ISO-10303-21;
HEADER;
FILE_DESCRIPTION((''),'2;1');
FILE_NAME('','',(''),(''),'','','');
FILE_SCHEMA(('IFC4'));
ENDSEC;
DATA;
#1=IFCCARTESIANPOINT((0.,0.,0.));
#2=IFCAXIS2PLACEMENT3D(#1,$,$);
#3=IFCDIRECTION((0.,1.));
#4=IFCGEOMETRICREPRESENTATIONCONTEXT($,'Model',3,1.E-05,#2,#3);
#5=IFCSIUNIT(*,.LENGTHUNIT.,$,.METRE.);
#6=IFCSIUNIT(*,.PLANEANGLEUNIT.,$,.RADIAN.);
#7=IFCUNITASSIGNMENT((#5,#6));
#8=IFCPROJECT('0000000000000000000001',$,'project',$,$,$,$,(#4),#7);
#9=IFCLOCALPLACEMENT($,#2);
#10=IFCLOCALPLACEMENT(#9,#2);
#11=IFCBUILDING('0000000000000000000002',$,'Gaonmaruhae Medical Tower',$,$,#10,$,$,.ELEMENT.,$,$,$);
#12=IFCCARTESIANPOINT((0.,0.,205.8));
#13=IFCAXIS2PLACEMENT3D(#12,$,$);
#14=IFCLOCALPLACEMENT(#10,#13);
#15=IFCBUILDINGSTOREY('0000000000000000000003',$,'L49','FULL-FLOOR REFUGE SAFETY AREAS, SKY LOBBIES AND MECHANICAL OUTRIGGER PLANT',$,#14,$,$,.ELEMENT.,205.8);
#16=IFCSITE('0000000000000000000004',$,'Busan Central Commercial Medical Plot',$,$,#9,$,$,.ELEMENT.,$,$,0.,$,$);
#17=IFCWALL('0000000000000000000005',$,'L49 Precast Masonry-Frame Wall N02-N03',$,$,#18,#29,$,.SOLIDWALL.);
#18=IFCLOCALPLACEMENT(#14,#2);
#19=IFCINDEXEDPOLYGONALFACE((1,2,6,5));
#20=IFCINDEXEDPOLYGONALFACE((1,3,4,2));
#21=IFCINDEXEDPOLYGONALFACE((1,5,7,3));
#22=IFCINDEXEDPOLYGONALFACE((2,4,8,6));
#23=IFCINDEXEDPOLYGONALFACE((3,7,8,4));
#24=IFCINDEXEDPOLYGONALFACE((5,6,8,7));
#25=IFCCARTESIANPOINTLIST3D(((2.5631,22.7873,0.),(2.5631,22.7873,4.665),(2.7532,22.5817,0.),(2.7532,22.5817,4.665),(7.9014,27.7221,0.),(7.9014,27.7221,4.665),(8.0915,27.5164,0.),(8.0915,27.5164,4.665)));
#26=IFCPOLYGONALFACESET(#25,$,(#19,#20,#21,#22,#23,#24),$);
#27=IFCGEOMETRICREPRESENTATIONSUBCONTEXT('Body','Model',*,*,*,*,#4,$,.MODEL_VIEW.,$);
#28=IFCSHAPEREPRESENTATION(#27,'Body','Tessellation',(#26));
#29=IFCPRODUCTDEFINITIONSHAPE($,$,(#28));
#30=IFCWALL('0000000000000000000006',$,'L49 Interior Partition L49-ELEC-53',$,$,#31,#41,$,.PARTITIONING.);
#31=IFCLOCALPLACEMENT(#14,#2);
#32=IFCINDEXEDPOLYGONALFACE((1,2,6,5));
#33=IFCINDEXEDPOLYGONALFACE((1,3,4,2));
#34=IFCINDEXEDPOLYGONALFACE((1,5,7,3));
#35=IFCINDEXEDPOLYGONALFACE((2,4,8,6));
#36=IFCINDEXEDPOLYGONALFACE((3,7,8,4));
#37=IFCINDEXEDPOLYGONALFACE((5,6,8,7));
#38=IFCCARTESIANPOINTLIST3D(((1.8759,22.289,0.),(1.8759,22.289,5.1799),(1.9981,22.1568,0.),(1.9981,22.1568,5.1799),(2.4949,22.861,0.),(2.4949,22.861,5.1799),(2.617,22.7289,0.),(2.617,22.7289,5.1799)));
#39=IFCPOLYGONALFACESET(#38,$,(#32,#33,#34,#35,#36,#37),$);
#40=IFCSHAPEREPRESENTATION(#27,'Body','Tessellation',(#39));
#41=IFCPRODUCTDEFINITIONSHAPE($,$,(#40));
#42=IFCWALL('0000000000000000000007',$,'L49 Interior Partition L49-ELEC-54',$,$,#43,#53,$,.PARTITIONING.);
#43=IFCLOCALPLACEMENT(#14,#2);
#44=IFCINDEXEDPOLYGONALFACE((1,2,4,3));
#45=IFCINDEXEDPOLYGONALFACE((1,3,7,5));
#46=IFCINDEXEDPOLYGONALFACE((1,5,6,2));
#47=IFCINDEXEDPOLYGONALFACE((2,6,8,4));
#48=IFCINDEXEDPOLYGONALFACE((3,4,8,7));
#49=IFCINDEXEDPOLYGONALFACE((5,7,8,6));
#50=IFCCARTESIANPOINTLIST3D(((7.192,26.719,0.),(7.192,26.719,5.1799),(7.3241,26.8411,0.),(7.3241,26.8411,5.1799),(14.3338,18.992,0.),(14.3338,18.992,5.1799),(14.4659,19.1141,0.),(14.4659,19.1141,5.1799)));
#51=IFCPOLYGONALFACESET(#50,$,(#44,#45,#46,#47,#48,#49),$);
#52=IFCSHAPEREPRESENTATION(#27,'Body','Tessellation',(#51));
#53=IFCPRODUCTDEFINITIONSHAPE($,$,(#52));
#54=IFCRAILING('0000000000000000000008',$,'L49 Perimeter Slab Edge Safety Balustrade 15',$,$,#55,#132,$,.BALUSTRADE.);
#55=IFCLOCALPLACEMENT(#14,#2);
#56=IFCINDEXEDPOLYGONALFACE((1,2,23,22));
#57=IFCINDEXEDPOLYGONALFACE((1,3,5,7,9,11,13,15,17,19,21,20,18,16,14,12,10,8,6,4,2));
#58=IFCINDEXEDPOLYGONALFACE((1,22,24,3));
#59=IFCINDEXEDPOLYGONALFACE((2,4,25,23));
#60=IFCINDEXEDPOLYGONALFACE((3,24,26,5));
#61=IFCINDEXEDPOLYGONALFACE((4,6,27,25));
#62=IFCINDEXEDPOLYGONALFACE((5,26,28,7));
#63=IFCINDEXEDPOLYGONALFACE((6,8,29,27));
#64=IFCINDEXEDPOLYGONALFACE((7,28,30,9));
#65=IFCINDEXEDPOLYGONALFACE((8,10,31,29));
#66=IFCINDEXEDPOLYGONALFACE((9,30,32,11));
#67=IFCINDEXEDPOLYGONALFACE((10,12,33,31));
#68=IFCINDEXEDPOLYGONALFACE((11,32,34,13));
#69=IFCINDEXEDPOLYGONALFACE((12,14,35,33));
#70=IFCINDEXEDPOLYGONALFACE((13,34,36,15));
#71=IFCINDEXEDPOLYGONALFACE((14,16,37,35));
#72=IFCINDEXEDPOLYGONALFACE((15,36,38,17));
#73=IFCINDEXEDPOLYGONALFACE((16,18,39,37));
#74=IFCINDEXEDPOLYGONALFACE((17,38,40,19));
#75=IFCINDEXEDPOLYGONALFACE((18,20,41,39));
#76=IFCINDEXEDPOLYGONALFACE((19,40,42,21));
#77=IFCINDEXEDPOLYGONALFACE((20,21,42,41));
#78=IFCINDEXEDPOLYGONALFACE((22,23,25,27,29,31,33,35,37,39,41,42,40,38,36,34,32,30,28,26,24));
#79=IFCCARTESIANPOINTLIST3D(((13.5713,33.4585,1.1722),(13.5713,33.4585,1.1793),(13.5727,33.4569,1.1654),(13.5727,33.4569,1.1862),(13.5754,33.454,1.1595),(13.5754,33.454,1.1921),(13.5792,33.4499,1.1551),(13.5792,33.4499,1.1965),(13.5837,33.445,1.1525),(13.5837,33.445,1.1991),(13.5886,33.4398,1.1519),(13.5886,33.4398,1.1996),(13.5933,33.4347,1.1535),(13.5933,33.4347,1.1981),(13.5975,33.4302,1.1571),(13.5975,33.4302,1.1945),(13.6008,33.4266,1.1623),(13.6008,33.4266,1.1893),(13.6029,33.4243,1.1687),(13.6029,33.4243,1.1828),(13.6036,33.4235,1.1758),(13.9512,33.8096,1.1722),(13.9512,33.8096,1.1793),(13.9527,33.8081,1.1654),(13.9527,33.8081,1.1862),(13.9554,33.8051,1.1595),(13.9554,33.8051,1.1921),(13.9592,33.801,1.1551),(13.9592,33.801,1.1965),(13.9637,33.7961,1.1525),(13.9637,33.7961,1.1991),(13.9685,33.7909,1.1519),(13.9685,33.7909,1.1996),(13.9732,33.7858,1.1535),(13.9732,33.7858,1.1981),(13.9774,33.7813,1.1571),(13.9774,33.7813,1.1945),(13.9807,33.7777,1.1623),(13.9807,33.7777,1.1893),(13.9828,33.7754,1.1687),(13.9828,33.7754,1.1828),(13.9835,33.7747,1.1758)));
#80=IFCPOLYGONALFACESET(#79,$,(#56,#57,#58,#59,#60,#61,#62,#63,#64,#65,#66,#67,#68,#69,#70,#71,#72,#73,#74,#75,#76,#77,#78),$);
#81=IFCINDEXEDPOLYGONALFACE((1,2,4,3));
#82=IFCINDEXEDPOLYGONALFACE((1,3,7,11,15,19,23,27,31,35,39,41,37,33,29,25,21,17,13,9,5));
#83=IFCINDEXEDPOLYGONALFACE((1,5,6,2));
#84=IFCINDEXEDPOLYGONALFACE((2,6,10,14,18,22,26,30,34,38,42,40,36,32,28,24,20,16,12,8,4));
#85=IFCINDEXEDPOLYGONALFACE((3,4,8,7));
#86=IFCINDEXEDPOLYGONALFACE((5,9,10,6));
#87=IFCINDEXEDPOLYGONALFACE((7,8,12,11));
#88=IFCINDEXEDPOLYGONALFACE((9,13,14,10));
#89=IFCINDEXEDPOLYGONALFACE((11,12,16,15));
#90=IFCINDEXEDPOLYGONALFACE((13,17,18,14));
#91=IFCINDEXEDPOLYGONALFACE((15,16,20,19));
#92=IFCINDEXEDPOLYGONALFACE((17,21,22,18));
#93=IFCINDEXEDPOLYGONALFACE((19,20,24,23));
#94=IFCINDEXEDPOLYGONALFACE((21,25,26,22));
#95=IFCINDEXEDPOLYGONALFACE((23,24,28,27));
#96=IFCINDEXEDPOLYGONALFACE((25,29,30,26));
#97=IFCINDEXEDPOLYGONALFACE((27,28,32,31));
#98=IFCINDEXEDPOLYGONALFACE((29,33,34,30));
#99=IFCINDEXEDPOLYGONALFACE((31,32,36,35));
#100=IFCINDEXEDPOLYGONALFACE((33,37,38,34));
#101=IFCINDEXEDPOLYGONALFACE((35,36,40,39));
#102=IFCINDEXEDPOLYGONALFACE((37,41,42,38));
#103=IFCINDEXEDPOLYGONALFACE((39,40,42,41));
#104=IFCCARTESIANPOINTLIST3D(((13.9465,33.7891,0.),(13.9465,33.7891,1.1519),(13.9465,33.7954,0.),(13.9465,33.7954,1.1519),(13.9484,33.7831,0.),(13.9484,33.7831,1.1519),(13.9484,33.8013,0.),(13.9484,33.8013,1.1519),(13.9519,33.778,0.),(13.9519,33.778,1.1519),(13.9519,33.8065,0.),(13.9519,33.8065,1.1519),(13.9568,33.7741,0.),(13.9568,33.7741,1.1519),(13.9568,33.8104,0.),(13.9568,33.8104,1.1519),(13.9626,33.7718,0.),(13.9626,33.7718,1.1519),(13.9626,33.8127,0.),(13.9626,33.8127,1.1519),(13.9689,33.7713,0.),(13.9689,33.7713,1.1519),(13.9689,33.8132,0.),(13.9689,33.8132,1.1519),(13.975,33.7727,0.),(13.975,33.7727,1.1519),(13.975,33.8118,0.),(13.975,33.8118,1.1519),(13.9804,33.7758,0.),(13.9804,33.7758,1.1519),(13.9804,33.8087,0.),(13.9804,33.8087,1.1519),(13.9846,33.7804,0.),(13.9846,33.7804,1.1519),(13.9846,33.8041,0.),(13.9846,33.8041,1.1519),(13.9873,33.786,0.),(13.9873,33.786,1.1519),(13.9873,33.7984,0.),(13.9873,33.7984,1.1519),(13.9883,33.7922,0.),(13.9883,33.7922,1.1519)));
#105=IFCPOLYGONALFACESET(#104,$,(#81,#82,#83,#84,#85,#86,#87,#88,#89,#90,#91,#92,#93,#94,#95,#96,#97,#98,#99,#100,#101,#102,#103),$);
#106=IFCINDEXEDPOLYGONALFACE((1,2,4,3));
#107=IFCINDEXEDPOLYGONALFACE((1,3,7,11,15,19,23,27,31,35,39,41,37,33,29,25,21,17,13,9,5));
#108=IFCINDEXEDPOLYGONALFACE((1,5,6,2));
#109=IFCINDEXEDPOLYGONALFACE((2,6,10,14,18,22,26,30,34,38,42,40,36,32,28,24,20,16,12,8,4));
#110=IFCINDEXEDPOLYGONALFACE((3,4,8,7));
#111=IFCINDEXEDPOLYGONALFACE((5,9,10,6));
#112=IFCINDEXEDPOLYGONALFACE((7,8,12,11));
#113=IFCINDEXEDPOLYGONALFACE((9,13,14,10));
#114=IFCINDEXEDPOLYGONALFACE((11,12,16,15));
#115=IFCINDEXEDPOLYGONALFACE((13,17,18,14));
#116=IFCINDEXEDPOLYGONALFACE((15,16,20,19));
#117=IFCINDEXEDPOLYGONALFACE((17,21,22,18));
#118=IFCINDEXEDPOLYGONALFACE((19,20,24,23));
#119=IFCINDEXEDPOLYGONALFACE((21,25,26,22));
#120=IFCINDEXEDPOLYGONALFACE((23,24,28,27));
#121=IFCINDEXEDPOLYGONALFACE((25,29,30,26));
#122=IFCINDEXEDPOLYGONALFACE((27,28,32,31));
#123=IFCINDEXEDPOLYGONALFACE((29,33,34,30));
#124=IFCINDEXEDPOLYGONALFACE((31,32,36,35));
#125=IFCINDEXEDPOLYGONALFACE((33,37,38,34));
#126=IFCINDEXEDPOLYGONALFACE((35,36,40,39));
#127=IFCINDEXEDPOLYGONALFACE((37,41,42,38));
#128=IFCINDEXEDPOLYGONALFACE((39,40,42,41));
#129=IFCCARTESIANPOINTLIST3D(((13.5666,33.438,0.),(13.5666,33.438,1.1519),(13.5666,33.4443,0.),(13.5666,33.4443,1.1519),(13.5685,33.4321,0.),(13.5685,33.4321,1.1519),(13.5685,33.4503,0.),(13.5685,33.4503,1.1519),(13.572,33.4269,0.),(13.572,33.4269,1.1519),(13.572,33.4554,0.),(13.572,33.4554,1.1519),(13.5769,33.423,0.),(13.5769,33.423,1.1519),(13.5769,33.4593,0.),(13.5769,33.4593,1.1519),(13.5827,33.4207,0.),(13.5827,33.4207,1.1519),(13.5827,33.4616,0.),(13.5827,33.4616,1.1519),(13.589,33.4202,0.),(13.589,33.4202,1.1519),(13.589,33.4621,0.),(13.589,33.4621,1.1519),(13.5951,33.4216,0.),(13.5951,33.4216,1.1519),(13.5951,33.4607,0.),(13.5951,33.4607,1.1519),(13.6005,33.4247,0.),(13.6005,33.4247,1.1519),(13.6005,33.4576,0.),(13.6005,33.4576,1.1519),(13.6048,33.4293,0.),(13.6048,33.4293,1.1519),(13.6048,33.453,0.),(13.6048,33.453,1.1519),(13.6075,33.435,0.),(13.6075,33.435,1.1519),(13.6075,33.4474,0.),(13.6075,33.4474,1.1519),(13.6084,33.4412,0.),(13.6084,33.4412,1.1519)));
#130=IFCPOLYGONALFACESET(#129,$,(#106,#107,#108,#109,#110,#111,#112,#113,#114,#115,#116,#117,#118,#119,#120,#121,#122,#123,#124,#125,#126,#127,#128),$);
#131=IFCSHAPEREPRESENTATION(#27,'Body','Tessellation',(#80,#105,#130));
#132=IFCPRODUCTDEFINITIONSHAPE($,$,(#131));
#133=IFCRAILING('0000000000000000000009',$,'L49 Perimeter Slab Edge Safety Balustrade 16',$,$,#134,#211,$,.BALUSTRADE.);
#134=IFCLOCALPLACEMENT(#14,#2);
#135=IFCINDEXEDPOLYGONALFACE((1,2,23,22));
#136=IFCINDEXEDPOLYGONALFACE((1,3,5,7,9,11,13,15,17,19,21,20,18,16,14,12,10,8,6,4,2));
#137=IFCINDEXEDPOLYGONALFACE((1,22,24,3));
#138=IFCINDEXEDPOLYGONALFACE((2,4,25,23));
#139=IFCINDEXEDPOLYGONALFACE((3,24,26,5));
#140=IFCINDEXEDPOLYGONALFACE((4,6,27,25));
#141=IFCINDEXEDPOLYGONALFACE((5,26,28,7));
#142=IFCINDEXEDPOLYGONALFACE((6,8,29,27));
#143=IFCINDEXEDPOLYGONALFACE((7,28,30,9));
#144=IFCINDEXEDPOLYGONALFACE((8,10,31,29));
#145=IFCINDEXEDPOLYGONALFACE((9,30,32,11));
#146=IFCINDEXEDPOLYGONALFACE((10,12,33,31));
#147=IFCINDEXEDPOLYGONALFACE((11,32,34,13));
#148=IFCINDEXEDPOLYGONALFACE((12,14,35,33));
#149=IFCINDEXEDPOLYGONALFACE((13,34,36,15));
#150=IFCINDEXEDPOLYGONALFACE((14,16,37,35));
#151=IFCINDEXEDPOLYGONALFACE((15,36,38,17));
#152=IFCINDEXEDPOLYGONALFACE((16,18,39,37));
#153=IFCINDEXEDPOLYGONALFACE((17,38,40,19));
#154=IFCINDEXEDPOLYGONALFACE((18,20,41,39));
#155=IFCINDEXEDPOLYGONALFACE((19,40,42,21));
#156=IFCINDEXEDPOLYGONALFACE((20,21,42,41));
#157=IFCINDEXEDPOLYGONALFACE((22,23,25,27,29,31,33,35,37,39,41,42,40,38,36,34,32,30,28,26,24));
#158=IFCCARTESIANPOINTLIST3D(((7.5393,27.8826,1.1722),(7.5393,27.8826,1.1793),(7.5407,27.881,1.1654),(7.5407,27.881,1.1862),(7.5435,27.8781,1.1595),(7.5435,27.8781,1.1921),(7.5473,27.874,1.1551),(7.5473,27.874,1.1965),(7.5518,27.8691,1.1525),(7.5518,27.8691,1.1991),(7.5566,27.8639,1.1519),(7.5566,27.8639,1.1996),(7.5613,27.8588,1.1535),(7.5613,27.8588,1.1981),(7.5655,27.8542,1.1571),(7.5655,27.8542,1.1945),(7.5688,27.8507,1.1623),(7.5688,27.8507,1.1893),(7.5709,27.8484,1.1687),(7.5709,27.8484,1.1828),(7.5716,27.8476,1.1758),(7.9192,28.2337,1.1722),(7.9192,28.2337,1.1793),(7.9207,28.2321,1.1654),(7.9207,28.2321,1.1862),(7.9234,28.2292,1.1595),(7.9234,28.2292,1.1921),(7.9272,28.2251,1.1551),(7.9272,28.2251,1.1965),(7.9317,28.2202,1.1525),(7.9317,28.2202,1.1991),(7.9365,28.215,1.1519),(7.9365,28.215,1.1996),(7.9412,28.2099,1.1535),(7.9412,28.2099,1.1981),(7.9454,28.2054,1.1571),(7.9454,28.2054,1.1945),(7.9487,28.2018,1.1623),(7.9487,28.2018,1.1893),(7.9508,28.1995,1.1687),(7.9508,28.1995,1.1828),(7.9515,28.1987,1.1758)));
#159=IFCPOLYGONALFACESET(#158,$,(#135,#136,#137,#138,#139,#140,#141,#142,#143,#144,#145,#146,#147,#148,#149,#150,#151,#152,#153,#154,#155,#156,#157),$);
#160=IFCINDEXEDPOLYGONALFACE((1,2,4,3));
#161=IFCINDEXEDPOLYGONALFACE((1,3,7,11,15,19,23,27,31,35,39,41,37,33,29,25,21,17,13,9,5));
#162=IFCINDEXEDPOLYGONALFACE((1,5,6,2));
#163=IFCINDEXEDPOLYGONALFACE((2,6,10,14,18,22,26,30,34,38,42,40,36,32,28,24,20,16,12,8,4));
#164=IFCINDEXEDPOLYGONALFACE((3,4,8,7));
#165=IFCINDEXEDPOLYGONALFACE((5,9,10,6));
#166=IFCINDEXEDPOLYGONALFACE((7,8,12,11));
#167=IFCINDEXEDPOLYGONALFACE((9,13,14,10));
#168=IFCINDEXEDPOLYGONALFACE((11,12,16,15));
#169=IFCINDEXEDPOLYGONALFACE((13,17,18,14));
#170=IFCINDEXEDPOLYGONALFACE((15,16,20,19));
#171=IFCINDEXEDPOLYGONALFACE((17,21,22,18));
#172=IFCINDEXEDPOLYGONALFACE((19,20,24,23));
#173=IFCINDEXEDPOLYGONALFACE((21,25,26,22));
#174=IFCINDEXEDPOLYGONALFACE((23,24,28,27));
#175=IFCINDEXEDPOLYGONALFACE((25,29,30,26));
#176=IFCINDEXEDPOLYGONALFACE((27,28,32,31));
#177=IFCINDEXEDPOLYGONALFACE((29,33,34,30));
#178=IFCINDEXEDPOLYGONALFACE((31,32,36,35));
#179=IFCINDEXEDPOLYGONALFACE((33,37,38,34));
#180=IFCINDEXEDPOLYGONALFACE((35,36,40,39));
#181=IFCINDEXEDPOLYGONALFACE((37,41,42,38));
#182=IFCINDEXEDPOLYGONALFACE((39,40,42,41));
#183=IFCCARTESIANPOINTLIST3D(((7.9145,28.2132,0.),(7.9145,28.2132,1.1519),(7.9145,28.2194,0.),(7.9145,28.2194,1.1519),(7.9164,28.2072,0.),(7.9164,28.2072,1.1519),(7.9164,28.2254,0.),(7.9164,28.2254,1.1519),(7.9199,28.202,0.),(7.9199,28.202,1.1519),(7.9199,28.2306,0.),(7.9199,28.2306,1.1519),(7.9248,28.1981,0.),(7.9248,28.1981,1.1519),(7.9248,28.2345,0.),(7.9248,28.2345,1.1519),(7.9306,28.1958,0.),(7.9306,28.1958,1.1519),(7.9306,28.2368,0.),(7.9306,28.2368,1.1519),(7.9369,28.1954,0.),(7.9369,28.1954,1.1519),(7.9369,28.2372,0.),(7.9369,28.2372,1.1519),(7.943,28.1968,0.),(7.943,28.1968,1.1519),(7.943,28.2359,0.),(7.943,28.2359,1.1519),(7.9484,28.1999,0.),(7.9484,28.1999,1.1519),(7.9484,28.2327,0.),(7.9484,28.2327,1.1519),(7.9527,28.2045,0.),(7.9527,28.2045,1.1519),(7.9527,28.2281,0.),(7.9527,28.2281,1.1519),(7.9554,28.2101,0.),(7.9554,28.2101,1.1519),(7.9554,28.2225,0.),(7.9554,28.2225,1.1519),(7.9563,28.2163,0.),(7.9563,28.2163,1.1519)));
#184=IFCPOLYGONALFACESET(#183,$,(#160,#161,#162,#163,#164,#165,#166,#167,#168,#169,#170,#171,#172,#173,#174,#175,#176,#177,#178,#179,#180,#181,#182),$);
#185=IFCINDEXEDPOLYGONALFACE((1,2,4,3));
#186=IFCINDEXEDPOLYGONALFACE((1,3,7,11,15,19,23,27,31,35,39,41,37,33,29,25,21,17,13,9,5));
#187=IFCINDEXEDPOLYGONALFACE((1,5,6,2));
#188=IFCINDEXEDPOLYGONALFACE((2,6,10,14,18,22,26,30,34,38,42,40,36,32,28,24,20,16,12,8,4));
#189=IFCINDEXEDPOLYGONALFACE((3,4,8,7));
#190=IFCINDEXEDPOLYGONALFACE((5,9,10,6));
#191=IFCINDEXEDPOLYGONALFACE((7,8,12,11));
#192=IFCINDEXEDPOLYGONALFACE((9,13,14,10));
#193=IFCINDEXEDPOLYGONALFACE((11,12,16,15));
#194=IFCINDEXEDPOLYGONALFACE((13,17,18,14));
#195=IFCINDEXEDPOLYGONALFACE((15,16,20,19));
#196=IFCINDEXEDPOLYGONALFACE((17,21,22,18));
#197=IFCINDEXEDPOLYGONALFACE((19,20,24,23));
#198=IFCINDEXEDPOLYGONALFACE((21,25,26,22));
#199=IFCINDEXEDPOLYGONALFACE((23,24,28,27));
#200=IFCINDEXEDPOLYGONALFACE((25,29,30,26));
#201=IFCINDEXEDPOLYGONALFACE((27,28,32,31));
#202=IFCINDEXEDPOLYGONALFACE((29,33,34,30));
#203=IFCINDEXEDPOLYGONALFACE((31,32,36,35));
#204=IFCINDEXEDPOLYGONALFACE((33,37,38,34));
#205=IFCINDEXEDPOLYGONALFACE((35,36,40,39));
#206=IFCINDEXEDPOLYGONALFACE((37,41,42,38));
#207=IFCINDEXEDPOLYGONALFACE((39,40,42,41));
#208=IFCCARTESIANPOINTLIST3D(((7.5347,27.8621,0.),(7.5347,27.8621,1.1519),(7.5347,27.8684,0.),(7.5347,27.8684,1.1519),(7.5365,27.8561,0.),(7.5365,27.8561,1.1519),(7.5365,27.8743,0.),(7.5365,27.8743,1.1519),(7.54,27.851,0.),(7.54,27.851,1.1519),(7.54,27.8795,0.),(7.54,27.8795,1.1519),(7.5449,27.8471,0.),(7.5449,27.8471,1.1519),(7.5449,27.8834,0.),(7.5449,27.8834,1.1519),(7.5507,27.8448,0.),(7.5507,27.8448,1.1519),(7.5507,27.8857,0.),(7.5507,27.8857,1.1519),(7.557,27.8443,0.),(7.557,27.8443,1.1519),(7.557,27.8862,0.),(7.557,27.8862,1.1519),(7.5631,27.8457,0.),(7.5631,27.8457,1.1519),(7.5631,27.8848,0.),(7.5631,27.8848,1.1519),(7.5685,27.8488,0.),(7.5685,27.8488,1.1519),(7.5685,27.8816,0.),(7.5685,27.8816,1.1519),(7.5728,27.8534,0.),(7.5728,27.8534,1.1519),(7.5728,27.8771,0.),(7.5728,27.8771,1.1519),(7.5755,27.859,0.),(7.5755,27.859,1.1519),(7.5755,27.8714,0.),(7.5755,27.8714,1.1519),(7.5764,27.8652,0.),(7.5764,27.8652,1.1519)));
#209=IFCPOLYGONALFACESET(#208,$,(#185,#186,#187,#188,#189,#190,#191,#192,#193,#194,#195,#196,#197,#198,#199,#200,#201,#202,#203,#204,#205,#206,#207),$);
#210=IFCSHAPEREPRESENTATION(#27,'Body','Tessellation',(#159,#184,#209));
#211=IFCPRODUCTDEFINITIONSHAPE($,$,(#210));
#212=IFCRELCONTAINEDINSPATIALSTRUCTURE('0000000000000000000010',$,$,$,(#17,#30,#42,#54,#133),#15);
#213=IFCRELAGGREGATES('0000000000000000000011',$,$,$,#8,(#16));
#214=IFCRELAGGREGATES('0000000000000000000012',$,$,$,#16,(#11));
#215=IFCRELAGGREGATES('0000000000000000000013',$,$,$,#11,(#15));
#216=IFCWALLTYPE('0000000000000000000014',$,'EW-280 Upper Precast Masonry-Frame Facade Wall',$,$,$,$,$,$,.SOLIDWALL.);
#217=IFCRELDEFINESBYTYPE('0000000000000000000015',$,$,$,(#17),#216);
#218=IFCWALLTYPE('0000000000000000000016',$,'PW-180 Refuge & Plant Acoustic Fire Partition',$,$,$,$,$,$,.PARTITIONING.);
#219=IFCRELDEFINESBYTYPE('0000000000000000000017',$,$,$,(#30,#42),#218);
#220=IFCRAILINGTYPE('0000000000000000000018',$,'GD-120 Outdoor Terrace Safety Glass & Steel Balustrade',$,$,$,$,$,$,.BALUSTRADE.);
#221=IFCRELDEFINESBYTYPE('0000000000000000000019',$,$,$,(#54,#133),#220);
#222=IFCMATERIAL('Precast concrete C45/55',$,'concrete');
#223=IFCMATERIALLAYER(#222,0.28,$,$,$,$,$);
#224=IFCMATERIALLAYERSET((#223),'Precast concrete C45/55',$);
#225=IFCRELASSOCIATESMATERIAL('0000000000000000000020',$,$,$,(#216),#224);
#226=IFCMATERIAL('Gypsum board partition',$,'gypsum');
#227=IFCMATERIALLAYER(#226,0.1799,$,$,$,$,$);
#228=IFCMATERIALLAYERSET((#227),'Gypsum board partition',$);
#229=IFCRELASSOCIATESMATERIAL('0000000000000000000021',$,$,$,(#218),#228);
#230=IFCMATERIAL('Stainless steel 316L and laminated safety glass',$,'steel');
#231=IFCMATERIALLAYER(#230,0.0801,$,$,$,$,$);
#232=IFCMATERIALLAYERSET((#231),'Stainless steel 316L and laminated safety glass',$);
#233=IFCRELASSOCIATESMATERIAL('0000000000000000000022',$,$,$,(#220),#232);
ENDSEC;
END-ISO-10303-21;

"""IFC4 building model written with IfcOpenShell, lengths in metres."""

from ifc_helpers import new_model, si_unit, direction, frame, frame_2d, origin, origin_2d, place, context, subcontext, project, spatial, rectangle, circle, extrude, material, layer, layer_set, type_object, element, save


model = new_model("IFC4")

# Units and contexts
model_context = context("Model", 3, precision=1e-05, world=origin(), true_north=direction((0.0, 1.0)))
body_context = subcontext(model_context, "Body", "Model", "MODEL_VIEW")
ifc_project = project(units=[si_unit("LENGTHUNIT", "METRE"), si_unit("PLANEANGLEUNIT", "RADIAN")], contexts=[model_context])

# Site, building, storey
site_placement = place(None, origin())
site = spatial("IfcSite", under=ifc_project, at=site_placement, Name="Busan Central Commercial Medical Plot", CompositionType="ELEMENT", RefElevation=0.0)
building_placement = place(site_placement, origin())
building = spatial("IfcBuilding", under=site, at=building_placement, Name="Gaonmaruhae Medical Tower", CompositionType="ELEMENT")
storey_placement = place(building_placement, frame((0.0, 0.0, 205.8)))
storey = spatial("IfcBuildingStorey", under=building, at=storey_placement, Name="L49", Description="FULL-FLOOR REFUGE SAFETY AREAS, SKY LOBBIES AND MECHANICAL OUTRIGGER PLANT", CompositionType="ELEMENT", Elevation=205.8)

# Walls
ifc_material_1 = material(Name="Precast concrete C45/55", Category="concrete")
ifc_layer_1 = layer(ifc_material_1, 0.28)
ifc_layer_set_1 = layer_set([ifc_layer_1], Name="Precast concrete C45/55")
wall_type_1 = type_object("IfcWallType", Name="EW-280 Upper Precast Masonry-Frame Facade Wall", PredefinedType="SOLIDWALL", material=ifc_layer_set_1)
wall_1_placement = place(storey_placement, frame((2.6582, 22.6846, 0.0), z_axis=(0.0, 0.0, 1.0), x_axis=(0.734318, 0.678806, 0.0)))
element("IfcWall", 1, at=wall_1_placement, inside=storey, type_object=wall_type_1, Name="L49 Precast Masonry-Frame Wall N02-N03", PredefinedType="SOLIDWALL", context=body_context, shape_type="SweptSolid", body=[
    extrude(rectangle(XDim=7.2698, YDim=0.28, at=frame_2d((3.6348, 0.0))), origin(), (0.0, 0.0, 1.0), 4.665),
])
ifc_material_2 = material(Name="Gypsum board partition", Category="gypsum")
ifc_layer_2 = layer(ifc_material_2, 0.1799)
ifc_layer_set_2 = layer_set([ifc_layer_2], Name="Gypsum board partition")
wall_type_2 = type_object("IfcWallType", Name="PW-180 Refuge & Plant Acoustic Fire Partition", PredefinedType="PARTITIONING", material=ifc_layer_set_2)
wall_2_placement = place(storey_placement, frame((1.937, 22.2229, 0.0), z_axis=(0.0, 0.0, 1.0), x_axis=(0.73437, 0.678749, 0.0)))
element("IfcWall", 2, at=wall_2_placement, inside=storey, type_object=wall_type_2, Name="L49 Interior Partition L49-ELEC-53", PredefinedType="PARTITIONING", context=body_context, shape_type="SweptSolid", body=[
    extrude(rectangle(XDim=0.8428, YDim=0.1799, at=frame_2d((0.4214, 0.0))), origin(), (0.0, 0.0, 1.0), 5.1799),
])
wall_3_placement = place(storey_placement, frame((7.2581, 26.78, 0.0), z_axis=(0.0, 0.0, 1.0), x_axis=(0.678751, -0.734368, 0.0)))
element("IfcWall", 3, at=wall_3_placement, inside=storey, type_object=wall_type_2, Name="L49 Interior Partition L49-ELEC-54", PredefinedType="PARTITIONING", context=body_context, shape_type="SweptSolid", body=[
    extrude(rectangle(XDim=10.522, YDim=0.1799, at=frame_2d((5.261, 0.0))), origin(), (0.0, 0.0, 1.0), 5.1799),
])

# Railings
ifc_material_3 = material(Name="Stainless steel 316L and laminated safety glass", Category="steel")
ifc_layer_3 = layer(ifc_material_3, 0.0801)
ifc_layer_set_3 = layer_set([ifc_layer_3], Name="Stainless steel 316L and laminated safety glass")
railing_type = type_object("IfcRailingType", Name="GD-120 Outdoor Terrace Safety Glass & Steel Balustrade", PredefinedType="BALUSTRADE", material=ifc_layer_set_3)
for number, where, name in (
    (4, (13.9673, 33.7922, 0.0), "L49 Perimeter Slab Edge Safety Balustrade 15"),
    (5, (7.9353, 28.2163, 0.0), "L49 Perimeter Slab Edge Safety Balustrade 16"),
):
    element("IfcRailing", number, at=place(storey_placement, frame(where)), inside=storey, type_object=railing_type, Name=name, PredefinedType="BALUSTRADE", context=body_context, shape_type="SweptSolid", body=[
        extrude(circle(Radius=0.0239, at=origin_2d()), frame((0.0, 0.0, 1.1758), z_axis=(-0.734405, -0.678711, 0.0), x_axis=(0.678711, -0.734405, 0.0)), (0.0, 0.0, 1.0), 0.5173),
        extrude(circle(Radius=0.021, at=origin_2d()), origin(), (0.0, 0.0, 1.0), 1.1519),
        extrude(circle(Radius=0.021, at=origin_2d()), frame((-0.3799, -0.3511, 0.0)), (0.0, 0.0, 1.0), 1.1519),
    ])

save(model, "model.ifc")
